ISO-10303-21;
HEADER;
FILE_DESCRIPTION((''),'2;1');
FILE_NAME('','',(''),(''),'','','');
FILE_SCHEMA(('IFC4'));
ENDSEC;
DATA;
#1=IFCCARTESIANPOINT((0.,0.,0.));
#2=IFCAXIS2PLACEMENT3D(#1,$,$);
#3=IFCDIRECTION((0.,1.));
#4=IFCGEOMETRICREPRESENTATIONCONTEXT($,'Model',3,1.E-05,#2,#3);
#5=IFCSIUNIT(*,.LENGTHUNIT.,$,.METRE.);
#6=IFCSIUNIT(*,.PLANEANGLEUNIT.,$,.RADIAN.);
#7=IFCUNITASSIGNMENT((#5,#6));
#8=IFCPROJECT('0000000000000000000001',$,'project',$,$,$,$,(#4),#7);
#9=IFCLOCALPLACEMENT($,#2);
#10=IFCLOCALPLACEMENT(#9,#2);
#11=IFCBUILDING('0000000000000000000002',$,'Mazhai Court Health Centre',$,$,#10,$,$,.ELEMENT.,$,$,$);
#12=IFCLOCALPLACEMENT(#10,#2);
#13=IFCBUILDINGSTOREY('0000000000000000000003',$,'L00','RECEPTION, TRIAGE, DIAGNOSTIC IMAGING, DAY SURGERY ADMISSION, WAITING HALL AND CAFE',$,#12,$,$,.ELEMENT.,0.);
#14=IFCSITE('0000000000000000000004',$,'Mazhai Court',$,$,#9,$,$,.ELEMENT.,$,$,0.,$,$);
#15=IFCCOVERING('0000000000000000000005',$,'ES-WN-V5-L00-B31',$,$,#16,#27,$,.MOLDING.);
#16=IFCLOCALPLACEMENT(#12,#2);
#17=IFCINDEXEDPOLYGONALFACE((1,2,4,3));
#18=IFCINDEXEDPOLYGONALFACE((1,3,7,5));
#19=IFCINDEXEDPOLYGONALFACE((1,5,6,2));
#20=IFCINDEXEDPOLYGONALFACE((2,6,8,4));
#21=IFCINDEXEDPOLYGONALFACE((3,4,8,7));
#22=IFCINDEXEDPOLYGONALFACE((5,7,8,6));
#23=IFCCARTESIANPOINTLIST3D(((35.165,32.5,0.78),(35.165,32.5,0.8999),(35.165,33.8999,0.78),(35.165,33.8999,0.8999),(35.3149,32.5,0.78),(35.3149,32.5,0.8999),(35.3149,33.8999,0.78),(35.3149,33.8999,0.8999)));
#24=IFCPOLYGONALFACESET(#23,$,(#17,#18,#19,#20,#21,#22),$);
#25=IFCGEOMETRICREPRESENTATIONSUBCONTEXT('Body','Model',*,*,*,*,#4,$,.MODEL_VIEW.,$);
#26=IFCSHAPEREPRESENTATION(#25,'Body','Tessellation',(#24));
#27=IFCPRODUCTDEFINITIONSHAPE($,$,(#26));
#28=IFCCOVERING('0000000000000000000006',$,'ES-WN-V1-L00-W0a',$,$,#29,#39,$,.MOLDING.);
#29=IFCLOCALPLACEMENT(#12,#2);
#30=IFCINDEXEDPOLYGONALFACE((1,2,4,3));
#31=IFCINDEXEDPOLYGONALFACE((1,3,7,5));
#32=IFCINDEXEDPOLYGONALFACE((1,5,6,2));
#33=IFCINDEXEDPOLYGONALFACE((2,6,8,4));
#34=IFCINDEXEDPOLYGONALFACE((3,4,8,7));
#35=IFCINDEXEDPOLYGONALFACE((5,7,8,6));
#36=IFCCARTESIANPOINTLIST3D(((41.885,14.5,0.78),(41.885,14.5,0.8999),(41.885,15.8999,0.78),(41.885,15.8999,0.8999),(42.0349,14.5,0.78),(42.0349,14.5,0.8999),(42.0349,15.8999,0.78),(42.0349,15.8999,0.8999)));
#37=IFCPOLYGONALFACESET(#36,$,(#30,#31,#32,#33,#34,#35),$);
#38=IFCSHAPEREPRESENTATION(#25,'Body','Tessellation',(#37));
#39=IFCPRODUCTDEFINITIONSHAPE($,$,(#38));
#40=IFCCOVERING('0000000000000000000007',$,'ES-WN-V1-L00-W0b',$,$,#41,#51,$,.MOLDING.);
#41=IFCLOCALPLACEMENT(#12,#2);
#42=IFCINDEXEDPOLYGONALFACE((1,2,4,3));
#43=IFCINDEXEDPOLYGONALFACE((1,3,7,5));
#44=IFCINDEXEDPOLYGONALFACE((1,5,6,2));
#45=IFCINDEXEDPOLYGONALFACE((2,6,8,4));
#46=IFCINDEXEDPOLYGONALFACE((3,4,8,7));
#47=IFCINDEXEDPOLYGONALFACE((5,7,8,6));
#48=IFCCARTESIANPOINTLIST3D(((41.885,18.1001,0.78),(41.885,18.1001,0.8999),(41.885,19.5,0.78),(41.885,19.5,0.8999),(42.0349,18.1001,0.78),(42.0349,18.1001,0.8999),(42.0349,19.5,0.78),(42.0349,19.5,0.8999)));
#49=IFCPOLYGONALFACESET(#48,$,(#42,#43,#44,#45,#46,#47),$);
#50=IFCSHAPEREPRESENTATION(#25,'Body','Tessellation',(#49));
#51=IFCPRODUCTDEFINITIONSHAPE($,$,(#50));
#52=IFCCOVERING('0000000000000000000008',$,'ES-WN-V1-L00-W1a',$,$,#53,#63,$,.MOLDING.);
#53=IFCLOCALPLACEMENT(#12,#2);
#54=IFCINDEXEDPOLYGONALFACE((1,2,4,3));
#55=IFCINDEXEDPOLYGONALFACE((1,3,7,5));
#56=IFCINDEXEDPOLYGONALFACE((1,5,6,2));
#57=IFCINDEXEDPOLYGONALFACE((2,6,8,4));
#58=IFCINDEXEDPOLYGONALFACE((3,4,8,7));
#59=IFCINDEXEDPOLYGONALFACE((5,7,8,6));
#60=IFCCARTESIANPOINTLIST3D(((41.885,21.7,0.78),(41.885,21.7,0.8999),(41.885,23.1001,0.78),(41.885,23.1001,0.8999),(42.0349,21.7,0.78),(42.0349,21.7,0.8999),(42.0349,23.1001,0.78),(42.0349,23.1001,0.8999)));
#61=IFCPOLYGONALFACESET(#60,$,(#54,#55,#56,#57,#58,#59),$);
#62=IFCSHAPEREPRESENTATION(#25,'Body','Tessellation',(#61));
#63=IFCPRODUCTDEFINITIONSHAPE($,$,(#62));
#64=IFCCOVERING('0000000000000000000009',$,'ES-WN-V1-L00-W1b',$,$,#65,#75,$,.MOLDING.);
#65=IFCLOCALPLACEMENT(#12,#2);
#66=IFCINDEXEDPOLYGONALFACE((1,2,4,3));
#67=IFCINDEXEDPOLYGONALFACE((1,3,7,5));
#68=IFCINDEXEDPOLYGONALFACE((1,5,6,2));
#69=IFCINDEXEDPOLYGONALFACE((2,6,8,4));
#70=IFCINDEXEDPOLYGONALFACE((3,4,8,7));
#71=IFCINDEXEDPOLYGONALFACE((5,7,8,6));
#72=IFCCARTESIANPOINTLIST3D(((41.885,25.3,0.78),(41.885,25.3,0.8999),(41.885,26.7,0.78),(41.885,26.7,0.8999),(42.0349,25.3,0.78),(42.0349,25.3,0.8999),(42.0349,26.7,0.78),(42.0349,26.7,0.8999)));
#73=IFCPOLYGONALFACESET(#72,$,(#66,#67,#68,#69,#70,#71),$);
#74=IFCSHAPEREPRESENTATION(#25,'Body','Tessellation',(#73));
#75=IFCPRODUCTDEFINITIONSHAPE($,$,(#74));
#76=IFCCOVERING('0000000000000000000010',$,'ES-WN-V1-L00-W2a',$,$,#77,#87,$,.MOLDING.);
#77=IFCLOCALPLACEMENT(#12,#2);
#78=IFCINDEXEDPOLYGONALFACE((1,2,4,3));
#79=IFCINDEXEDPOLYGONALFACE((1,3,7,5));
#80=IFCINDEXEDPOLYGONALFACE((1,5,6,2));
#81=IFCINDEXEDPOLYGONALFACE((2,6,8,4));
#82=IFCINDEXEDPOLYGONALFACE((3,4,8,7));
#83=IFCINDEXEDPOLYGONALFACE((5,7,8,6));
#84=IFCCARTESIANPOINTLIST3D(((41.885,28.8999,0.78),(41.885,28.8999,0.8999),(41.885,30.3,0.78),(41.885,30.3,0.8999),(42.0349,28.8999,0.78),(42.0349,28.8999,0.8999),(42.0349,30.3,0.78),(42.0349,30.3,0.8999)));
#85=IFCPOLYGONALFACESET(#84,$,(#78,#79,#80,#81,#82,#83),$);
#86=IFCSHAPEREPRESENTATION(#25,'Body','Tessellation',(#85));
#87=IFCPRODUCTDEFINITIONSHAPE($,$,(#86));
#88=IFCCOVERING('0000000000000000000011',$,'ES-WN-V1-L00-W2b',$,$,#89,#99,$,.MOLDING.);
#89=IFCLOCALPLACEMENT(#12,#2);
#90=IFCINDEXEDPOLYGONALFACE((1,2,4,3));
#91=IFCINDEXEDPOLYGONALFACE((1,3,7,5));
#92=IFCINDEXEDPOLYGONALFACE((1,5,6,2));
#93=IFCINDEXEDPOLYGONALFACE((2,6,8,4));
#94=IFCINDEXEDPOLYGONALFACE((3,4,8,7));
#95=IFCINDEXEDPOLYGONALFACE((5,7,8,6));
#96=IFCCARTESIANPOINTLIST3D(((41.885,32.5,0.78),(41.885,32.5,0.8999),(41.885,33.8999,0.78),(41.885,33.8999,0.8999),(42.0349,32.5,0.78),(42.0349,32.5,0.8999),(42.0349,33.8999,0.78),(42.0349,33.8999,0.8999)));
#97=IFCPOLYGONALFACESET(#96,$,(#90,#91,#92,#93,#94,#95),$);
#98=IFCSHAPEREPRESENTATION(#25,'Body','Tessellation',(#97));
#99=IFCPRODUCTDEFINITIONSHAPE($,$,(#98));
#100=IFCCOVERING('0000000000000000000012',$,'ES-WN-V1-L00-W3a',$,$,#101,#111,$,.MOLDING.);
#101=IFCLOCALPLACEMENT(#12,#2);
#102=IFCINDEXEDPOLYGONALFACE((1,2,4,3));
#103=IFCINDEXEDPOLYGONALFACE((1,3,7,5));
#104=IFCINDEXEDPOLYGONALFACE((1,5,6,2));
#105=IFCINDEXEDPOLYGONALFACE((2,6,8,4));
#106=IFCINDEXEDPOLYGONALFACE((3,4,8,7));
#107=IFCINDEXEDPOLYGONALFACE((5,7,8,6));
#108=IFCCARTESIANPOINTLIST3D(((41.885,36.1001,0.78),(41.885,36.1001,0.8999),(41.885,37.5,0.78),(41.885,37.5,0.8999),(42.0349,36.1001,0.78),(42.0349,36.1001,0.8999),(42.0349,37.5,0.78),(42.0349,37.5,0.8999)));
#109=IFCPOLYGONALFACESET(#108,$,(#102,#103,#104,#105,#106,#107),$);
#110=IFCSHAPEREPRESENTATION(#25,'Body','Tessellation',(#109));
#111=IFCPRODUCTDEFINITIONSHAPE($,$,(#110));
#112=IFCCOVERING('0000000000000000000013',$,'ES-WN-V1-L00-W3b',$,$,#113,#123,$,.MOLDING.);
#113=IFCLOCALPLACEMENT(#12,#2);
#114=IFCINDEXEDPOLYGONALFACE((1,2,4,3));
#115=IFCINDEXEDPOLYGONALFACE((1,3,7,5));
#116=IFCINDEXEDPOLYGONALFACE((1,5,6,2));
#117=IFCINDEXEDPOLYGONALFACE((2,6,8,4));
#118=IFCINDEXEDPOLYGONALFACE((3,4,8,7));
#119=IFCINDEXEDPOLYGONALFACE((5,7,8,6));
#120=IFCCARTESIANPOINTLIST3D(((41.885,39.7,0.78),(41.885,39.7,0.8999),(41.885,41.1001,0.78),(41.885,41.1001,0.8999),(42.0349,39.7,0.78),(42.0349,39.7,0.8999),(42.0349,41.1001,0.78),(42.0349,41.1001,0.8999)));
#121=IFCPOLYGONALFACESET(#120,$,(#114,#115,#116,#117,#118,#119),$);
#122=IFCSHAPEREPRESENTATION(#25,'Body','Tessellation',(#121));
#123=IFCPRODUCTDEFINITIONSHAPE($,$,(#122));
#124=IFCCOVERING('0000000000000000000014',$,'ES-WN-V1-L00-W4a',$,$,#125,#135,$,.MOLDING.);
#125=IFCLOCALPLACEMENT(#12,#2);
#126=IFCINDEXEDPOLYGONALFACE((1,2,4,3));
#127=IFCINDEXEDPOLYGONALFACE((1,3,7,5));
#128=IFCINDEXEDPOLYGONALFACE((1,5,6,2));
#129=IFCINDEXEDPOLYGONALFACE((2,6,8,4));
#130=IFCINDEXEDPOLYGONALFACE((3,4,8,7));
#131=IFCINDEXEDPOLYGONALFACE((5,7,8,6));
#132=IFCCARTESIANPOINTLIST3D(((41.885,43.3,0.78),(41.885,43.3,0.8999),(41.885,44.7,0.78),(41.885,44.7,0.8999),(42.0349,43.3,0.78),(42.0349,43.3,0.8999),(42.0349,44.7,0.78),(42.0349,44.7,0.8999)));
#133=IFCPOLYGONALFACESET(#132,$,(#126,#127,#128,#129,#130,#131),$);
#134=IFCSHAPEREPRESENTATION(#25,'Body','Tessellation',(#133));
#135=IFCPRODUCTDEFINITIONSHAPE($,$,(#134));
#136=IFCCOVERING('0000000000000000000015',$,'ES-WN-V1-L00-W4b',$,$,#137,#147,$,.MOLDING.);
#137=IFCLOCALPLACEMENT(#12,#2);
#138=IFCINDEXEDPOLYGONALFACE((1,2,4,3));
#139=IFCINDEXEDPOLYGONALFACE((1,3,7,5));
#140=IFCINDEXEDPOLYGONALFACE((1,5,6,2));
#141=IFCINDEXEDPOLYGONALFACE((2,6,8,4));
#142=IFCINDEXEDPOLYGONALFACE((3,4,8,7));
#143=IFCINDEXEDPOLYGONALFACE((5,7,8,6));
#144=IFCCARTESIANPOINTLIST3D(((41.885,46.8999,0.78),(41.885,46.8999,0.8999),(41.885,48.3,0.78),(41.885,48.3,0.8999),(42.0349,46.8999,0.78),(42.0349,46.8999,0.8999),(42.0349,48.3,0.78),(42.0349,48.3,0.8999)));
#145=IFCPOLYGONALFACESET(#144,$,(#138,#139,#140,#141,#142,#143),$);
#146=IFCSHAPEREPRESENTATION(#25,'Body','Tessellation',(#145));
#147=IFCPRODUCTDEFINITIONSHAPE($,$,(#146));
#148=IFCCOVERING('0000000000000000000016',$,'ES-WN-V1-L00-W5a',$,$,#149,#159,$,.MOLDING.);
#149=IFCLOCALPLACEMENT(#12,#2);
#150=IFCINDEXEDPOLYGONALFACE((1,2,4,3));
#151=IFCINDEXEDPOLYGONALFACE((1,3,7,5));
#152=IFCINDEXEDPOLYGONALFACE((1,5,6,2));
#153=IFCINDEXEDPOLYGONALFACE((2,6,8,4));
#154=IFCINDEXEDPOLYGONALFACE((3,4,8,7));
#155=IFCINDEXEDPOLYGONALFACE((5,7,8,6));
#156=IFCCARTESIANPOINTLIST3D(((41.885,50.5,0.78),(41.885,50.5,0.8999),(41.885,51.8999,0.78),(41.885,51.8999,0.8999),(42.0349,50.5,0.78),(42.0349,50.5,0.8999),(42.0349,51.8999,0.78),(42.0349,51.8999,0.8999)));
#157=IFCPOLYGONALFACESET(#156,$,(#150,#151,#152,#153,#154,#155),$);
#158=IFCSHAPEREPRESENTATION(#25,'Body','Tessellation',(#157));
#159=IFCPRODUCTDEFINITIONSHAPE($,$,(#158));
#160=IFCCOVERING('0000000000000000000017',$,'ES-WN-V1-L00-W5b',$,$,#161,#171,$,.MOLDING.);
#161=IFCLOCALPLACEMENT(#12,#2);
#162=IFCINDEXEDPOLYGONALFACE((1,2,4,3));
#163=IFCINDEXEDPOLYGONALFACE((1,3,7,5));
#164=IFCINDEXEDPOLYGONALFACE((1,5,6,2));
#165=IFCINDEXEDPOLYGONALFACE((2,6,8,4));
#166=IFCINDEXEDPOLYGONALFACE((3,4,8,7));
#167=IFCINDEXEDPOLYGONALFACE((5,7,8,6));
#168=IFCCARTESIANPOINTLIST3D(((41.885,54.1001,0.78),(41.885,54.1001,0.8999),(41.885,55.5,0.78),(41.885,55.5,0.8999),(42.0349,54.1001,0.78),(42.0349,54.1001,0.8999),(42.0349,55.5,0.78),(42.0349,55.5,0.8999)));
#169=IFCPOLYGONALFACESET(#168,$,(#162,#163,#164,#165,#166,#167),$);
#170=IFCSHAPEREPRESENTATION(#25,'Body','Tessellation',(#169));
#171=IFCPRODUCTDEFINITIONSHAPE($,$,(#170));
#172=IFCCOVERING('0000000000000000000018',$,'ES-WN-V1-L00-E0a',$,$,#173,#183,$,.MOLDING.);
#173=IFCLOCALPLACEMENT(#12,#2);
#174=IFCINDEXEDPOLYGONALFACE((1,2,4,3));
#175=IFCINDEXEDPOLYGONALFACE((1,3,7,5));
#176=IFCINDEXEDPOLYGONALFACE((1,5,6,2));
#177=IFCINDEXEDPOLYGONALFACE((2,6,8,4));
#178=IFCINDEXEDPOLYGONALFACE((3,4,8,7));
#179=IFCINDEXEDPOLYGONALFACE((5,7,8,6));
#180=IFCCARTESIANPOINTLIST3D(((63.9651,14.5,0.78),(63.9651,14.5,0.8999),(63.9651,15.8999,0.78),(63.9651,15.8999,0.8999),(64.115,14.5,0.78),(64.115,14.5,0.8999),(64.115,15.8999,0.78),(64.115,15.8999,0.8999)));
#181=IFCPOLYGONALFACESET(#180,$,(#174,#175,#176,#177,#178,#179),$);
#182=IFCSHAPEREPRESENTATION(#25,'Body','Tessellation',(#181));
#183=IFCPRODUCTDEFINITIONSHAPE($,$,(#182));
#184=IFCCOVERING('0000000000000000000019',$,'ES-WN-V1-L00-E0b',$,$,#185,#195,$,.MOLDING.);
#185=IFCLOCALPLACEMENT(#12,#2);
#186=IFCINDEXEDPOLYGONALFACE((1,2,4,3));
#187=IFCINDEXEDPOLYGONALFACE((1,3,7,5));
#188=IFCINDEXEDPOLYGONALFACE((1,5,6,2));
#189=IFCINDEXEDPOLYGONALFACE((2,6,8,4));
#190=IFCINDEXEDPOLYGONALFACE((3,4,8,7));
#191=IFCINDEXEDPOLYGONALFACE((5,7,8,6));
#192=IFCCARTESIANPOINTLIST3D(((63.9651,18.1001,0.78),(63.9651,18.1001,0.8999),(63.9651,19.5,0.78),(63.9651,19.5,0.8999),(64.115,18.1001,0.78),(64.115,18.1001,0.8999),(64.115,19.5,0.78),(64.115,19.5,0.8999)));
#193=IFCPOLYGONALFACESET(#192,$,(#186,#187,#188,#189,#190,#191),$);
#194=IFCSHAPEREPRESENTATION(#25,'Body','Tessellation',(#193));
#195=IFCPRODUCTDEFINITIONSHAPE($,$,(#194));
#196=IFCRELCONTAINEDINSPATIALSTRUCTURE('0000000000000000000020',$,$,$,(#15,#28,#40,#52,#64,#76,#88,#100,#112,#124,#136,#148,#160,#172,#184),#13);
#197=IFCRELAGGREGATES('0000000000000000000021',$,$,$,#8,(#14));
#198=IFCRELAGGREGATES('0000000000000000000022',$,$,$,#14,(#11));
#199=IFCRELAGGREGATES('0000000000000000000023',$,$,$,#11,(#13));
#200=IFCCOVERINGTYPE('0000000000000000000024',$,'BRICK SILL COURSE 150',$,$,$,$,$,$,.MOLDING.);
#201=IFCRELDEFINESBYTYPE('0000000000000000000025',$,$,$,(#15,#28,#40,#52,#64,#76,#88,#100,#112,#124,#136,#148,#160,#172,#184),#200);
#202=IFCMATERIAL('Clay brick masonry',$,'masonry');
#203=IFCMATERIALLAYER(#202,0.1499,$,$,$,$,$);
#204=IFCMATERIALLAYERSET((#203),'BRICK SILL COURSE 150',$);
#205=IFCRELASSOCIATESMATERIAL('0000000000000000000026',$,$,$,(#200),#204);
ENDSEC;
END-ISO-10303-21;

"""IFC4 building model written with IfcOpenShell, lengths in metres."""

from ifc_helpers import new_model, si_unit, direction, frame, origin, place, context, subcontext, project, spatial, polyline, outline, extrude, material, layer, layer_set, type_object, element, save


model = new_model("IFC4")

# Units and contexts
model_context = context("Model", 3, precision=1e-05, world=origin(), true_north=direction((0.0, 1.0)))
body_context = subcontext(model_context, "Body", "Model", "MODEL_VIEW")
ifc_project = project(units=[si_unit("LENGTHUNIT", "METRE"), si_unit("PLANEANGLEUNIT", "RADIAN")], contexts=[model_context])

# Site, building, storey
site_placement = place(None, origin())
site = spatial("IfcSite", under=ifc_project, at=site_placement, Name="Mazhai Court", CompositionType="ELEMENT", RefElevation=0.0)
building_placement = place(site_placement, origin())
building = spatial("IfcBuilding", under=site, at=building_placement, Name="Mazhai Court Health Centre", CompositionType="ELEMENT")
storey_placement = place(building_placement, origin())
storey = spatial("IfcBuildingStorey", under=building, at=storey_placement, Name="L00", Description="RECEPTION, TRIAGE, DIAGNOSTIC IMAGING, DAY SURGERY ADMISSION, WAITING HALL AND CAFE", CompositionType="ELEMENT", Elevation=0.0)

# Coverings
ifc_material = material(Name="Clay brick masonry", Category="masonry")
ifc_layer = layer(ifc_material, 0.1499)
ifc_layer_set = layer_set([ifc_layer], Name="BRICK SILL COURSE 150")
covering_type = type_object("IfcCoveringType", Name="BRICK SILL COURSE 150", PredefinedType="MOLDING", material=ifc_layer_set)
covering_1_placement = place(storey_placement, frame((0.0, 0.0, 0.78)))
element("IfcCovering", 1, at=covering_1_placement, inside=storey, type_object=covering_type, Name="ES-WN-V5-L00-B31", PredefinedType="MOLDING", context=body_context, shape_type="SweptSolid", body=[
    extrude(outline(polyline([(35.165, 33.8999), (35.165, 32.5), (35.3149, 32.5), (35.3149, 33.8999), (35.165, 33.8999)])), origin(), (0.0, 0.0, 1.0), 0.1199),
])
covering_2_placement = place(storey_placement, frame((0.0, 0.0, 0.78)))
element("IfcCovering", 2, at=covering_2_placement, inside=storey, type_object=covering_type, Name="ES-WN-V1-L00-W0a", PredefinedType="MOLDING", context=body_context, shape_type="SweptSolid", body=[
    extrude(outline(polyline([(42.0349, 14.5), (42.0349, 15.8999), (41.885, 15.8999), (41.885, 14.5), (42.0349, 14.5)])), origin(), (0.0, 0.0, 1.0), 0.1199),
])
covering_3_placement = place(storey_placement, frame((0.0, 0.0, 0.78)))
element("IfcCovering", 3, at=covering_3_placement, inside=storey, type_object=covering_type, Name="ES-WN-V1-L00-W0b", PredefinedType="MOLDING", context=body_context, shape_type="SweptSolid", body=[
    extrude(outline(polyline([(42.0349, 18.1001), (42.0349, 19.5), (41.885, 19.5), (41.885, 18.1001), (42.0349, 18.1001)])), origin(), (0.0, 0.0, 1.0), 0.1199),
])
covering_4_placement = place(storey_placement, frame((0.0, 0.0, 0.78)))
element("IfcCovering", 4, at=covering_4_placement, inside=storey, type_object=covering_type, Name="ES-WN-V1-L00-W1a", PredefinedType="MOLDING", context=body_context, shape_type="SweptSolid", body=[
    extrude(outline(polyline([(42.0349, 21.7), (42.0349, 23.1001), (41.885, 23.1001), (41.885, 21.7), (42.0349, 21.7)])), origin(), (0.0, 0.0, 1.0), 0.1199),
])
covering_5_placement = place(storey_placement, frame((0.0, 0.0, 0.78)))
element("IfcCovering", 5, at=covering_5_placement, inside=storey, type_object=covering_type, Name="ES-WN-V1-L00-W1b", PredefinedType="MOLDING", context=body_context, shape_type="SweptSolid", body=[
    extrude(outline(polyline([(42.0349, 25.3), (42.0349, 26.7), (41.885, 26.7), (41.885, 25.3), (42.0349, 25.3)])), origin(), (0.0, 0.0, 1.0), 0.1199),
])
covering_6_placement = place(storey_placement, frame((0.0, 0.0, 0.78)))
element("IfcCovering", 6, at=covering_6_placement, inside=storey, type_object=covering_type, Name="ES-WN-V1-L00-W2a", PredefinedType="MOLDING", context=body_context, shape_type="SweptSolid", body=[
    extrude(outline(polyline([(42.0349, 28.8999), (42.0349, 30.3), (41.885, 30.3), (41.885, 28.8999), (42.0349, 28.8999)])), origin(), (0.0, 0.0, 1.0), 0.1199),
])
covering_7_placement = place(storey_placement, frame((0.0, 0.0, 0.78)))
element("IfcCovering", 7, at=covering_7_placement, inside=storey, type_object=covering_type, Name="ES-WN-V1-L00-W2b", PredefinedType="MOLDING", context=body_context, shape_type="SweptSolid", body=[
    extrude(outline(polyline([(42.0349, 32.5), (42.0349, 33.8999), (41.885, 33.8999), (41.885, 32.5), (42.0349, 32.5)])), origin(), (0.0, 0.0, 1.0), 0.1199),
])
covering_8_placement = place(storey_placement, frame((0.0, 0.0, 0.78)))
element("IfcCovering", 8, at=covering_8_placement, inside=storey, type_object=covering_type, Name="ES-WN-V1-L00-W3a", PredefinedType="MOLDING", context=body_context, shape_type="SweptSolid", body=[
    extrude(outline(polyline([(42.0349, 36.1001), (42.0349, 37.5), (41.885, 37.5), (41.885, 36.1001), (42.0349, 36.1001)])), origin(), (0.0, 0.0, 1.0), 0.1199),
])
covering_9_placement = place(storey_placement, frame((0.0, 0.0, 0.78)))
element("IfcCovering", 9, at=covering_9_placement, inside=storey, type_object=covering_type, Name="ES-WN-V1-L00-W3b", PredefinedType="MOLDING", context=body_context, shape_type="SweptSolid", body=[
    extrude(outline(polyline([(42.0349, 39.7), (42.0349, 41.1001), (41.885, 41.1001), (41.885, 39.7), (42.0349, 39.7)])), origin(), (0.0, 0.0, 1.0), 0.1199),
])
covering_10_placement = place(storey_placement, frame((0.0, 0.0, 0.78)))
element("IfcCovering", 10, at=covering_10_placement, inside=storey, type_object=covering_type, Name="ES-WN-V1-L00-W4a", PredefinedType="MOLDING", context=body_context, shape_type="SweptSolid", body=[
    extrude(outline(polyline([(42.0349, 43.3), (42.0349, 44.7), (41.885, 44.7), (41.885, 43.3), (42.0349, 43.3)])), origin(), (0.0, 0.0, 1.0), 0.1199),
])
covering_11_placement = place(storey_placement, frame((0.0, 0.0, 0.78)))
element("IfcCovering", 11, at=covering_11_placement, inside=storey, type_object=covering_type, Name="ES-WN-V1-L00-W4b", PredefinedType="MOLDING", context=body_context, shape_type="SweptSolid", body=[
    extrude(outline(polyline([(42.0349, 46.8999), (42.0349, 48.3), (41.885, 48.3), (41.885, 46.8999), (42.0349, 46.8999)])), origin(), (0.0, 0.0, 1.0), 0.1199),
])
covering_12_placement = place(storey_placement, frame((0.0, 0.0, 0.78)))
element("IfcCovering", 12, at=covering_12_placement, inside=storey, type_object=covering_type, Name="ES-WN-V1-L00-W5a", PredefinedType="MOLDING", context=body_context, shape_type="SweptSolid", body=[
    extrude(outline(polyline([(42.0349, 50.5), (42.0349, 51.8999), (41.885, 51.8999), (41.885, 50.5), (42.0349, 50.5)])), origin(), (0.0, 0.0, 1.0), 0.1199),
])
covering_13_placement = place(storey_placement, frame((0.0, 0.0, 0.78)))
element("IfcCovering", 13, at=covering_13_placement, inside=storey, type_object=covering_type, Name="ES-WN-V1-L00-W5b", PredefinedType="MOLDING", context=body_context, shape_type="SweptSolid", body=[
    extrude(outline(polyline([(42.0349, 54.1001), (42.0349, 55.5), (41.885, 55.5), (41.885, 54.1001), (42.0349, 54.1001)])), origin(), (0.0, 0.0, 1.0), 0.1199),
])
covering_14_placement = place(storey_placement, frame((0.0, 0.0, 0.78)))
element("IfcCovering", 14, at=covering_14_placement, inside=storey, type_object=covering_type, Name="ES-WN-V1-L00-E0a", PredefinedType="MOLDING", context=body_context, shape_type="SweptSolid", body=[
    extrude(outline(polyline([(63.9651, 15.8999), (63.9651, 14.5), (64.115, 14.5), (64.115, 15.8999), (63.9651, 15.8999)])), origin(), (0.0, 0.0, 1.0), 0.1199),
])
covering_15_placement = place(storey_placement, frame((0.0, 0.0, 0.78)))
element("IfcCovering", 15, at=covering_15_placement, inside=storey, type_object=covering_type, Name="ES-WN-V1-L00-E0b", PredefinedType="MOLDING", context=body_context, shape_type="SweptSolid", body=[
    extrude(outline(polyline([(63.9651, 19.5), (63.9651, 18.1001), (64.115, 18.1001), (64.115, 19.5), (63.9651, 19.5)])), origin(), (0.0, 0.0, 1.0), 0.1199),
])

save(model, "model.ifc")
